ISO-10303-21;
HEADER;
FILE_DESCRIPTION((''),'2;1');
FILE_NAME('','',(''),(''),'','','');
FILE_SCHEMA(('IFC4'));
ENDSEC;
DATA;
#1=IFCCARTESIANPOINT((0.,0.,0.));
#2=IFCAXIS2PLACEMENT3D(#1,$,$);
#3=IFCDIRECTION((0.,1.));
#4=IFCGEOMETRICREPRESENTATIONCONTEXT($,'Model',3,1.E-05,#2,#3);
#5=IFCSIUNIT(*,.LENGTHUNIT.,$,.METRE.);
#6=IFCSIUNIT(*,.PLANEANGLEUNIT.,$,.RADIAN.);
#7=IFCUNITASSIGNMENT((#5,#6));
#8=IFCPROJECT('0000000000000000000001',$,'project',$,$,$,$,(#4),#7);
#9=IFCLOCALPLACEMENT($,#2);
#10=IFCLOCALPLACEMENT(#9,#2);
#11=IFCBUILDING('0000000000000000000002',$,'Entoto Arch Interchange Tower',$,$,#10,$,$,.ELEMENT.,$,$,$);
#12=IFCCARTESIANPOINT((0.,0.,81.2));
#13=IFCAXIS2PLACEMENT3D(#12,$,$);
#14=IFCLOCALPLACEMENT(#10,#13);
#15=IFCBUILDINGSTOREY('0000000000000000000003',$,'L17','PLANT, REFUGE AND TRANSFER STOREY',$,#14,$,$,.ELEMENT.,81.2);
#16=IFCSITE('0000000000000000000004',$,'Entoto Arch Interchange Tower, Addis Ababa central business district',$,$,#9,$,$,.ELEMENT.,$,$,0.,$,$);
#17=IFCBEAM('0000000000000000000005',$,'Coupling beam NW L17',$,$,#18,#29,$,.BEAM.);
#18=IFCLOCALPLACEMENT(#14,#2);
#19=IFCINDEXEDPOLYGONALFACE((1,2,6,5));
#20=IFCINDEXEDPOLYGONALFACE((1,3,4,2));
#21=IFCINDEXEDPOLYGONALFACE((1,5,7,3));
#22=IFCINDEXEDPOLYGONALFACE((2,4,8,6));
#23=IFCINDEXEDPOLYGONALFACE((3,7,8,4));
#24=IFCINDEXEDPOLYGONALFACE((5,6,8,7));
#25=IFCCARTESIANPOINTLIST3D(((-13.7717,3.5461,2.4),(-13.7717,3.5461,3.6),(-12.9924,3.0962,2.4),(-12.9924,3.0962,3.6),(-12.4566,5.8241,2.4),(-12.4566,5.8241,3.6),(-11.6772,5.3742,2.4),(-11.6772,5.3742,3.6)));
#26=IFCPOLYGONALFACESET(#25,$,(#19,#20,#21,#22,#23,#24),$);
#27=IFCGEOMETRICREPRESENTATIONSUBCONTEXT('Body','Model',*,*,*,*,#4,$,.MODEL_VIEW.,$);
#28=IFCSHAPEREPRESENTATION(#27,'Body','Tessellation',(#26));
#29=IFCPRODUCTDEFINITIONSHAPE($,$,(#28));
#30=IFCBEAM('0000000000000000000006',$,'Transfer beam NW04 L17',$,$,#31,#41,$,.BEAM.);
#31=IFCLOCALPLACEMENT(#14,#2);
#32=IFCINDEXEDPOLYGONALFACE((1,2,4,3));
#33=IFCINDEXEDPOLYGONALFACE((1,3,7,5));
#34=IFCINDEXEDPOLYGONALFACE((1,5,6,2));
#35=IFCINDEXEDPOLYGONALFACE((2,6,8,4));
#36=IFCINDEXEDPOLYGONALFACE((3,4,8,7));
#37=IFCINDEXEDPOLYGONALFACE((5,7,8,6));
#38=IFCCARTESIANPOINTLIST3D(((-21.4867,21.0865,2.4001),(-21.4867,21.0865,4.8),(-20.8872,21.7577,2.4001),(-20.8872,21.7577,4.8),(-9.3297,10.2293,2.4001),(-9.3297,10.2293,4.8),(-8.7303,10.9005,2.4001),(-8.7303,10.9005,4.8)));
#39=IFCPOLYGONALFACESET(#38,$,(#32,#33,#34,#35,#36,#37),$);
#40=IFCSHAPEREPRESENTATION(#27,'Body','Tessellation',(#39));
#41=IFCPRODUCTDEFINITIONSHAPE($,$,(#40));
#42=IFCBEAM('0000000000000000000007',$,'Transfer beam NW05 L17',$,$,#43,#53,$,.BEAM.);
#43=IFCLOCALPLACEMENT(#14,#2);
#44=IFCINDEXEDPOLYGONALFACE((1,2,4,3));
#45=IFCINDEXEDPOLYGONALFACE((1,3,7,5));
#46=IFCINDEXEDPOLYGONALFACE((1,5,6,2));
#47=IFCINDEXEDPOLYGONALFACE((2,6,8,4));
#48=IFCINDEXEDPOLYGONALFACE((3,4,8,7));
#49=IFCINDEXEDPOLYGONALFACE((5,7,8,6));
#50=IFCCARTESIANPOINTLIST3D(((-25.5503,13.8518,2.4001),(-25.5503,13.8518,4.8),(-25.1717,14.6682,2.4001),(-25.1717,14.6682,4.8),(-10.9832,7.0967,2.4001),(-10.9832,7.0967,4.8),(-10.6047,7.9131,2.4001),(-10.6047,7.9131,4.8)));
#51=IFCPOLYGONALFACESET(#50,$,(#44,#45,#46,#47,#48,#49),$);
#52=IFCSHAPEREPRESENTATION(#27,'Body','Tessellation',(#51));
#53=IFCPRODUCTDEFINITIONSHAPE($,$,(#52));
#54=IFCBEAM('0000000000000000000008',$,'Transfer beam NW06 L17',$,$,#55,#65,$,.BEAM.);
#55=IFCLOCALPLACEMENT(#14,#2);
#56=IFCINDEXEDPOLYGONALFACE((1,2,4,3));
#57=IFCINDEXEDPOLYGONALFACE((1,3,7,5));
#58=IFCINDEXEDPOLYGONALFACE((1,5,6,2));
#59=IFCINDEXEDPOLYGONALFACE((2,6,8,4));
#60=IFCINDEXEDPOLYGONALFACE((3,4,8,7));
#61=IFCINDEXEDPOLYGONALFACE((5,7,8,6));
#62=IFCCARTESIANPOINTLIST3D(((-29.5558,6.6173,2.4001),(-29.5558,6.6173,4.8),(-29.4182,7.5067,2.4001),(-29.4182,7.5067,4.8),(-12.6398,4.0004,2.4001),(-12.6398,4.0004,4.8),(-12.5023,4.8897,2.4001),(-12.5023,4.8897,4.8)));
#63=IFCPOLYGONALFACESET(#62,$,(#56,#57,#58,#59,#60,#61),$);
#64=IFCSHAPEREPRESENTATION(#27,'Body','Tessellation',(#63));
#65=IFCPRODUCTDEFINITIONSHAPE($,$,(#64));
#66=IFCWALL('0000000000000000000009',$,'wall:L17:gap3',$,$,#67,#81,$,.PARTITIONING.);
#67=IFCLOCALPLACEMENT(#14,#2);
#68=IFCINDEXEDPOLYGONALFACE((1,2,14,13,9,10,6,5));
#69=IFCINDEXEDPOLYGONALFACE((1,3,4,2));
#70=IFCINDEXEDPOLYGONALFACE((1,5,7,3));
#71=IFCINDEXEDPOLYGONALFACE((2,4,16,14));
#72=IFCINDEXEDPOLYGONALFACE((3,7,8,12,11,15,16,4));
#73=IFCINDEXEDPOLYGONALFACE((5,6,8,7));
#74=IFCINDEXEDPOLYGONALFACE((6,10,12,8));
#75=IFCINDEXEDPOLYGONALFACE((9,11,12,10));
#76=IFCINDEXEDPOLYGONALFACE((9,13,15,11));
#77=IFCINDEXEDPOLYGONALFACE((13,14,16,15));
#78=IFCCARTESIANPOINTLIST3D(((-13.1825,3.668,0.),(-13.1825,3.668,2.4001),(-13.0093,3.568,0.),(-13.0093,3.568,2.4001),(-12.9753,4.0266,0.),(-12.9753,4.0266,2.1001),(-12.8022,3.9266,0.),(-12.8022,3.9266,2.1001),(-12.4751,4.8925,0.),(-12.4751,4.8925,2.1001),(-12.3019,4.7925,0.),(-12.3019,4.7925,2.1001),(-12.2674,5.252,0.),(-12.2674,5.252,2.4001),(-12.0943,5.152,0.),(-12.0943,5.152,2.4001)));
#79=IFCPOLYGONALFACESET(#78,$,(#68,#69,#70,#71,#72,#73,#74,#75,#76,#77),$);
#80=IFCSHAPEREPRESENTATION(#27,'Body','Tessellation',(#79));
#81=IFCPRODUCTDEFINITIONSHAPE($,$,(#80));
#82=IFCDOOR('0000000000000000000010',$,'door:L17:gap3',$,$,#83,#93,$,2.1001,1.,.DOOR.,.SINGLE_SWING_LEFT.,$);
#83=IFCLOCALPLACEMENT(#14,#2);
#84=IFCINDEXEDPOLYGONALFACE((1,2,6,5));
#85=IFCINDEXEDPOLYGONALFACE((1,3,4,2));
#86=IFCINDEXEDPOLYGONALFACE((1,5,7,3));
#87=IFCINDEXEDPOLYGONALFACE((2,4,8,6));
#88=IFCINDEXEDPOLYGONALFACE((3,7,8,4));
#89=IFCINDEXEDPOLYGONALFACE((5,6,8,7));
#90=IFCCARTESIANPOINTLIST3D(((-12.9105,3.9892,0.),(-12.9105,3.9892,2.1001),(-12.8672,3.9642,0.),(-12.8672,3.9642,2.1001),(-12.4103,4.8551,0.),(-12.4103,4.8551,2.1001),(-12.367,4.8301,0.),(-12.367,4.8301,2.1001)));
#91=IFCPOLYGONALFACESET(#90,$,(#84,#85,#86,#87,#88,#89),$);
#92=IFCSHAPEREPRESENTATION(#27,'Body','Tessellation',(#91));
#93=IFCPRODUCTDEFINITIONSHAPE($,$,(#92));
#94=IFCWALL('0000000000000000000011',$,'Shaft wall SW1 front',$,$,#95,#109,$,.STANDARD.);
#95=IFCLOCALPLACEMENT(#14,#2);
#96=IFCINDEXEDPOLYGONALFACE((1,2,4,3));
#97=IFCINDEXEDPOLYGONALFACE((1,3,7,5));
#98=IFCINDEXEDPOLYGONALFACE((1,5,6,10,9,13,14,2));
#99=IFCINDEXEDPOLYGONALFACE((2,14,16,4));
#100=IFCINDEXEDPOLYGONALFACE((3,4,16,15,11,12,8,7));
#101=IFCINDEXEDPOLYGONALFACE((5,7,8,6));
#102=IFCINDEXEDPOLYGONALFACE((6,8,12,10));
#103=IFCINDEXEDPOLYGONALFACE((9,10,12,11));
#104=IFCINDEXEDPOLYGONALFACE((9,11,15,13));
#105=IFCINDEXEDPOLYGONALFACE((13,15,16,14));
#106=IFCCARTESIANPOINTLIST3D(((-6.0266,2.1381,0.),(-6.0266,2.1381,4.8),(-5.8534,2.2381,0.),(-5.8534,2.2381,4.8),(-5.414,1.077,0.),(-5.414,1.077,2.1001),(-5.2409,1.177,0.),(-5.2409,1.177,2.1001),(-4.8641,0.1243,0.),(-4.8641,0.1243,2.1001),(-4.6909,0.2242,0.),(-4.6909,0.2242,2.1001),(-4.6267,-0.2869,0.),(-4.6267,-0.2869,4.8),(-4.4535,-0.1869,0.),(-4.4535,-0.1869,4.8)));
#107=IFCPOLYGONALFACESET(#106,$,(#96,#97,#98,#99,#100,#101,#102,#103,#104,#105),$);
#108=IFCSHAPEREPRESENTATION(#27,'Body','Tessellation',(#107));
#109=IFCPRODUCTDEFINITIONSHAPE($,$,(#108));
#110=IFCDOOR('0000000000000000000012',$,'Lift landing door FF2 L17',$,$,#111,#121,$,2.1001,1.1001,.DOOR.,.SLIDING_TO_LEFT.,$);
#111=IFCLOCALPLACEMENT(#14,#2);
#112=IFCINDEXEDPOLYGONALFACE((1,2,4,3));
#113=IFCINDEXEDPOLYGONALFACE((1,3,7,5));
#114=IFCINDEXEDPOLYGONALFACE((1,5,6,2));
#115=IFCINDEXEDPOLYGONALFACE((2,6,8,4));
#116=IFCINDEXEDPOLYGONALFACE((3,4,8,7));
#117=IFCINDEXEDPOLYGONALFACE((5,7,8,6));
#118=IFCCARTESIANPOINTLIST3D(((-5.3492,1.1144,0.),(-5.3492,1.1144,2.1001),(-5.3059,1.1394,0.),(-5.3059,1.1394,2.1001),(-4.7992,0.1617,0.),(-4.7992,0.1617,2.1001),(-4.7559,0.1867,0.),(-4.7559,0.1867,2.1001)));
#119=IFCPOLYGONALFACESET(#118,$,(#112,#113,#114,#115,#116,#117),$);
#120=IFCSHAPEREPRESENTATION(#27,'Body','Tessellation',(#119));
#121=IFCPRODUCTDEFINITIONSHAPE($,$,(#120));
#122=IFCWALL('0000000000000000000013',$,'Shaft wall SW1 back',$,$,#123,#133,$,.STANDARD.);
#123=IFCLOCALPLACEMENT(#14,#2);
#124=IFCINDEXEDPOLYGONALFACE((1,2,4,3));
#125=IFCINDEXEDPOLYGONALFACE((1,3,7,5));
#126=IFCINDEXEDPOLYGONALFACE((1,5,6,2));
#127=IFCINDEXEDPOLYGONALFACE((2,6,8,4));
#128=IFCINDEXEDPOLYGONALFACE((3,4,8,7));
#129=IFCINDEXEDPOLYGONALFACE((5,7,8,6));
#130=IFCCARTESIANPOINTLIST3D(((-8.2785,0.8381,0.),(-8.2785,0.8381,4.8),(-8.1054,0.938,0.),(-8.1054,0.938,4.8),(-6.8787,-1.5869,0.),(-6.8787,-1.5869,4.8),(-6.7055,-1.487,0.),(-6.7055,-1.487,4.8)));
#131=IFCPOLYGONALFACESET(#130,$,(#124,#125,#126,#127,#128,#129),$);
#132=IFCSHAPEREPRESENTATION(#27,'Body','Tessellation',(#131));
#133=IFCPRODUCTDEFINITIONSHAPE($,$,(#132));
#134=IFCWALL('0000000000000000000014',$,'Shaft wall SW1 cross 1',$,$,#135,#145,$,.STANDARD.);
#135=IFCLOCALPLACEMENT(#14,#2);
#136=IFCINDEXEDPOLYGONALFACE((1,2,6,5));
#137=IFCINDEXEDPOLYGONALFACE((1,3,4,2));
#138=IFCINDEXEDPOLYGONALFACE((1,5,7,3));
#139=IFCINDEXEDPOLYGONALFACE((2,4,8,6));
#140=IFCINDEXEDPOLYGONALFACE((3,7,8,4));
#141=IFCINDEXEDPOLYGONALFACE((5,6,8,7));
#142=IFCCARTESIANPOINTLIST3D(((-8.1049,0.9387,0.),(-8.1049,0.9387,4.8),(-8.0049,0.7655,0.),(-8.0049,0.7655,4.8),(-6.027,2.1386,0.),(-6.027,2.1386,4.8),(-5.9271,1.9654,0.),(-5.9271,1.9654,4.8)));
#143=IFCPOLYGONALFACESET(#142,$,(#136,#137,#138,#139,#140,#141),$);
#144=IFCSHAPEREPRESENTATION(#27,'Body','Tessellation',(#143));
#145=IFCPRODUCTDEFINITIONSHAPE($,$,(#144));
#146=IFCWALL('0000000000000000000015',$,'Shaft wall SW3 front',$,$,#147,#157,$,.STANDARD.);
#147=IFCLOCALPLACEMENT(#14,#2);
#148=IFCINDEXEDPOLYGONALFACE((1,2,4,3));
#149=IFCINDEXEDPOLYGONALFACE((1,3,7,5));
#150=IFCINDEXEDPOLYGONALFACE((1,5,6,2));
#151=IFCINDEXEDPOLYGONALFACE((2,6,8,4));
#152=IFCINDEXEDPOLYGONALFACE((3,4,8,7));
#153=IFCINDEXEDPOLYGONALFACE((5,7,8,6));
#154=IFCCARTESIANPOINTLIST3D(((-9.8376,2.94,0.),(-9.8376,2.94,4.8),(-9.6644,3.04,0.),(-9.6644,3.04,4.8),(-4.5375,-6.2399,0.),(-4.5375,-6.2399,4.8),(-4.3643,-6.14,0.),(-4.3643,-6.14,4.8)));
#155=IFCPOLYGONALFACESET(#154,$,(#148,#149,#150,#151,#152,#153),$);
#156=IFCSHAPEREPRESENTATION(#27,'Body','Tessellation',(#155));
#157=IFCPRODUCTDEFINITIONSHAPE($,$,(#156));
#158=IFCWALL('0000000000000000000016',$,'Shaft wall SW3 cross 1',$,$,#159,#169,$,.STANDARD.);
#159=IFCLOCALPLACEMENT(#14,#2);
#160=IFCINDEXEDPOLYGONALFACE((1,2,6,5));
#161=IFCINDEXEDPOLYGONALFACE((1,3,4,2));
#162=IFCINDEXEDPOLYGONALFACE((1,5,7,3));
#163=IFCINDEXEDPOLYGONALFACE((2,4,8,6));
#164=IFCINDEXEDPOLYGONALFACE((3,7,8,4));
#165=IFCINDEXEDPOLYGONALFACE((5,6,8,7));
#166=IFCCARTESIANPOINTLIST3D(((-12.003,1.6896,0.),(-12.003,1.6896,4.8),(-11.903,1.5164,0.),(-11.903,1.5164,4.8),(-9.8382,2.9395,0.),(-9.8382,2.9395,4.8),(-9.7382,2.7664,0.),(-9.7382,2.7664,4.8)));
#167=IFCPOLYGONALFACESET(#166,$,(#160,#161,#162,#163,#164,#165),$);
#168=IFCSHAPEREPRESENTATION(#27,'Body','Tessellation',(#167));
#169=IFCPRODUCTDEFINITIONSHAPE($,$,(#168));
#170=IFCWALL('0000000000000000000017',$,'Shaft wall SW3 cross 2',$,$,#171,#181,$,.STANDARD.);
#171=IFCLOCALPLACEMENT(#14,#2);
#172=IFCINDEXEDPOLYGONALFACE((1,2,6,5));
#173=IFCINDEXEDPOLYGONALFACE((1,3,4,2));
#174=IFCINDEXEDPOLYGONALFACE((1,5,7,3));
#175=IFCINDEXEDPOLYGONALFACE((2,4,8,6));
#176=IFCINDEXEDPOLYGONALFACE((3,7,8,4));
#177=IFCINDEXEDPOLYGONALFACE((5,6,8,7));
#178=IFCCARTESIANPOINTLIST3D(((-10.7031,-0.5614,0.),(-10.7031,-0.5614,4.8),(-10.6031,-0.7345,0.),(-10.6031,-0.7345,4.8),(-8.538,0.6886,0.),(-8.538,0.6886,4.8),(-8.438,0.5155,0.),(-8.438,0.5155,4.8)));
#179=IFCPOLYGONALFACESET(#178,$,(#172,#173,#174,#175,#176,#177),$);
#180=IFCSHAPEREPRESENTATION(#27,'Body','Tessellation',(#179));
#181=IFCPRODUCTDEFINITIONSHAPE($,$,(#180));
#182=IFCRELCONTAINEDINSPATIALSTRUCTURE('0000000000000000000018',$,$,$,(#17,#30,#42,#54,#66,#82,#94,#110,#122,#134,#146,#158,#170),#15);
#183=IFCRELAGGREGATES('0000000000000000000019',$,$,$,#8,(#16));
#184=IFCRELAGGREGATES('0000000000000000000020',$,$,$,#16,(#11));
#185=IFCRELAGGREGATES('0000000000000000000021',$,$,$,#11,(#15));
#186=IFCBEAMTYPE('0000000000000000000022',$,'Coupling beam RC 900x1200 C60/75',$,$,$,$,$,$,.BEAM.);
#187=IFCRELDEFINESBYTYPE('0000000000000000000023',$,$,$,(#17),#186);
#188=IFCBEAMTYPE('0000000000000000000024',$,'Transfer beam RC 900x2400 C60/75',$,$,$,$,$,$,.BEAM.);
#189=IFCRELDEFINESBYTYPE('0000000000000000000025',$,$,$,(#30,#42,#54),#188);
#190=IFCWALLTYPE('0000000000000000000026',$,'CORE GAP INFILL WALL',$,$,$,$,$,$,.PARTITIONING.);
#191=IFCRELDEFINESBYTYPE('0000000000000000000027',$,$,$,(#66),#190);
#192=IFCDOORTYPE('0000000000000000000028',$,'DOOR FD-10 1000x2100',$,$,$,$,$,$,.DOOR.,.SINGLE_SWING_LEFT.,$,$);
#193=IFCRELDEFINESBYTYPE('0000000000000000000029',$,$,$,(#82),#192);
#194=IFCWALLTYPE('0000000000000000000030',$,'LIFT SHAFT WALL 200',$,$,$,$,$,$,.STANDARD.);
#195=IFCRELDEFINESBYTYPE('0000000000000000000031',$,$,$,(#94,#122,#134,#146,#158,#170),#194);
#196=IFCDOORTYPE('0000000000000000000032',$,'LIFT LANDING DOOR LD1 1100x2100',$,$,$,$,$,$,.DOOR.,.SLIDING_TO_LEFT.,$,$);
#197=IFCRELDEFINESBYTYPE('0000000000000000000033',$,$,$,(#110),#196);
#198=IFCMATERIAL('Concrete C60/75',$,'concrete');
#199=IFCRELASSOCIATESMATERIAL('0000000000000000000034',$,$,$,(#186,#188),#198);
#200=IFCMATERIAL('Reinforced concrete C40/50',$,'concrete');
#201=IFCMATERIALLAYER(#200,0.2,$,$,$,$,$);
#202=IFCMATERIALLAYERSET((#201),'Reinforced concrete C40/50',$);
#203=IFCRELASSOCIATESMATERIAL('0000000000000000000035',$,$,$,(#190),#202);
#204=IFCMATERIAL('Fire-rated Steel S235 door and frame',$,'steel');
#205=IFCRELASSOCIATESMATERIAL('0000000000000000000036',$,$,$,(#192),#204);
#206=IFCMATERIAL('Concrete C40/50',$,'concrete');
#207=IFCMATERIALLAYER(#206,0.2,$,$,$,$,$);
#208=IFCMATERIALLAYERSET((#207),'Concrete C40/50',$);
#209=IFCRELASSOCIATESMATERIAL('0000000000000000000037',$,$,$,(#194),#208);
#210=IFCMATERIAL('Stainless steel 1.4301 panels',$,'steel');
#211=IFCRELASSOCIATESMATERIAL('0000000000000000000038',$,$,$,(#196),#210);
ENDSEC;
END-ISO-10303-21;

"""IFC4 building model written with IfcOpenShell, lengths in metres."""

from ifc_helpers import new_model, si_unit, direction, frame, frame_2d, origin, origin_2d, place, context, subcontext, project, spatial, rectangle, extrude, material, layer, layer_set, material_profile, profile_set, type_object, element, fill, save


model = new_model("IFC4")

# Units and contexts
model_context = context("Model", 3, precision=1e-05, world=origin(), true_north=direction((0.0, 1.0)))
body_context = subcontext(model_context, "Body", "Model", "MODEL_VIEW")
ifc_project = project(units=[si_unit("LENGTHUNIT", "METRE"), si_unit("PLANEANGLEUNIT", "RADIAN")], contexts=[model_context])

# Site, building, storey
site_placement = place(None, origin())
site = spatial("IfcSite", under=ifc_project, at=site_placement, Name="Entoto Arch Interchange Tower, Addis Ababa central business district", CompositionType="ELEMENT", RefElevation=0.0)
building_placement = place(site_placement, origin())
building = spatial("IfcBuilding", under=site, at=building_placement, Name="Entoto Arch Interchange Tower", CompositionType="ELEMENT")
storey_placement = place(building_placement, frame((0.0, 0.0, 81.2)))
storey = spatial("IfcBuildingStorey", under=building, at=storey_placement, Name="L17", Description="PLANT, REFUGE AND TRANSFER STOREY", CompositionType="ELEMENT", Elevation=81.2)

# Beams
ifc_material_1 = material(Name="Concrete C60/75", Category="concrete")
ifc_material_profile_1 = material_profile(ifc_material_1, rectangle(XDim=0.8999, YDim=1.2, at=origin_2d()))
ifc_profile_set_1 = profile_set([ifc_material_profile_1], Name="Concrete C60/75")
beam_type_1 = type_object("IfcBeamType", Name="Coupling beam RC 900x1200 C60/75", PredefinedType="BEAM", material=ifc_profile_set_1)
beam_1_placement = place(storey_placement, frame((-12.0669, 5.5991, 3.0), z_axis=(-0.499982, -0.866036, 0.0), x_axis=(0.866036, -0.499982, 0.0)))
element("IfcBeam", 1, at=beam_1_placement, inside=storey, type_object=beam_type_1, Name="Coupling beam NW L17", PredefinedType="BEAM", context=body_context, shape_type="SweptSolid", body=[
    extrude(rectangle(XDim=0.8999, YDim=1.2, at=origin_2d()), origin(), (0.0, 0.0, 1.0), 2.6304),
])
ifc_material_profile_2 = material_profile(ifc_material_1, rectangle(XDim=0.8999, YDim=2.3999, at=origin_2d()))
ifc_profile_set_2 = profile_set([ifc_material_profile_2], Name="Concrete C60/75")
beam_type_2 = type_object("IfcBeamType", Name="Transfer beam RC 900x2400 C60/75", PredefinedType="BEAM", material=ifc_profile_set_2)
beam_2_placement = place(storey_placement, frame((-9.03, 10.5649, 3.6001), z_axis=(-0.745854, 0.666109, 0.0), x_axis=(-0.666109, -0.745854, 0.0)))
element("IfcBeam", 2, at=beam_2_placement, inside=storey, type_object=beam_type_2, Name="Transfer beam NW04 L17", PredefinedType="BEAM", context=body_context, shape_type="SweptSolid", body=[
    extrude(rectangle(XDim=0.8999, YDim=2.3999, at=origin_2d()), origin(), (0.0, 0.0, 1.0), 16.2993),
])
beam_3_placement = place(storey_placement, frame((-10.7939, 7.5049, 3.6001), z_axis=(-0.907204, 0.420692, 0.0), x_axis=(-0.420692, -0.907204, 0.0)))
element("IfcBeam", 3, at=beam_3_placement, inside=storey, type_object=beam_type_2, Name="Transfer beam NW05 L17", PredefinedType="BEAM", context=body_context, shape_type="SweptSolid", body=[
    extrude(rectangle(XDim=0.8999, YDim=2.3999, at=origin_2d()), origin(), (0.0, 0.0, 1.0), 16.0571),
])
beam_4_placement = place(storey_placement, frame((-12.571, 4.4451, 3.6001), z_axis=(-0.988244, 0.152883, 0.0), x_axis=(-0.152883, -0.988244, 0.0)))
element("IfcBeam", 4, at=beam_4_placement, inside=storey, type_object=beam_type_2, Name="Transfer beam NW06 L17", PredefinedType="BEAM", context=body_context, shape_type="SweptSolid", body=[
    extrude(rectangle(XDim=0.8999, YDim=2.3999, at=origin_2d()), origin(), (0.0, 0.0, 1.0), 17.1172),
])

# Walls, openings, doors
ifc_material_2 = material(Name="Reinforced concrete C40/50", Category="concrete")
ifc_layer_1 = layer(ifc_material_2, 0.2)
ifc_layer_set_1 = layer_set([ifc_layer_1], Name="Reinforced concrete C40/50")
wall_type_1 = type_object("IfcWallType", Name="CORE GAP INFILL WALL", PredefinedType="PARTITIONING", material=ifc_layer_set_1)
wall_1_placement = place(storey_placement, frame((-12.1809, 5.2019, 0.0), z_axis=(0.0, 0.0, 1.0), x_axis=(-0.500215, -0.865901, 0.0)))
wall_1 = element("IfcWall", 5, at=wall_1_placement, inside=storey, type_object=wall_type_1, Name="wall:L17:gap3", PredefinedType="PARTITIONING", context=body_context, shape_type="SweptSolid", body=[
    extrude(rectangle(XDim=1.8293, YDim=0.2, at=frame_2d((0.9146, 0.0))), origin(), (0.0, 0.0, 1.0), 2.4001),
])
opening_1_placement = place(wall_1_placement, frame((0.415, 0.0, 0.0)))
opening_1 = element("IfcOpeningElement", 6, at=opening_1_placement, cuts=wall_1, PredefinedType="OPENING", context=body_context, shape_type="SweptSolid", body=[
    extrude(rectangle(XDim=1.0, YDim=2.1001, at=frame_2d((0.5, 1.05))), frame((0.0, 0.1099, 0.0), z_axis=(0.0, -1.0, 0.0), x_axis=(1.0, 0.0, 0.0)), (0.0, 0.0, 1.0), 0.22),
])
ifc_material_3 = material(Name="Fire-rated Steel S235 door and frame", Category="steel")
door_type_1 = type_object("IfcDoorType", Name="DOOR FD-10 1000x2100", OperationType="SINGLE_SWING_LEFT", PredefinedType="DOOR", material=ifc_material_3)
door_1_placement = place(opening_1_placement, origin())
door_1 = element("IfcDoor", 7, at=door_1_placement, inside=storey, type_object=door_type_1, Name="door:L17:gap3", OperationType="SINGLE_SWING_LEFT", OverallHeight=2.1001, OverallWidth=1.0, PredefinedType="DOOR", context=body_context, shape_type="SweptSolid", body=[
    extrude(rectangle(XDim=1.0, YDim=2.1001, at=frame_2d((0.5, 1.05))), frame((0.0, 0.0249, 0.0), z_axis=(0.0, -1.0, 0.0), x_axis=(1.0, 0.0, 0.0)), (0.0, 0.0, 1.0), 0.05),
])
fill(opening_1, door_1)
ifc_material_4 = material(Name="Concrete C40/50", Category="concrete")
ifc_layer_2 = layer(ifc_material_4, 0.2)
ifc_layer_set_2 = layer_set([ifc_layer_2], Name="Concrete C40/50")
wall_type_2 = type_object("IfcWallType", Name="LIFT SHAFT WALL 200", PredefinedType="STANDARD", material=ifc_layer_set_2)
wall_2_placement = place(storey_placement, frame((-5.9399, 2.188, 0.0), z_axis=(0.0, 0.0, 1.0), x_axis=(0.499946, -0.866056, 0.0)))
wall_2 = element("IfcWall", 8, at=wall_2_placement, inside=storey, type_object=wall_type_2, Name="Shaft wall SW1 front", PredefinedType="STANDARD", context=body_context, shape_type="SweptSolid", body=[
    extrude(rectangle(XDim=2.8, YDim=0.2, at=frame_2d((1.3999, 0.0))), origin(), (0.0, 0.0, 1.0), 4.8),
])
opening_2_placement = place(wall_2_placement, frame((1.2251, 0.0, 0.0)))
opening_2 = element("IfcOpeningElement", 9, at=opening_2_placement, cuts=wall_2, PredefinedType="OPENING", context=body_context, shape_type="SweptSolid", body=[
    extrude(rectangle(XDim=1.1001, YDim=2.1001, at=frame_2d((0.55, 1.05))), frame((0.0, 0.1099, 0.0), z_axis=(0.0, -1.0, 0.0), x_axis=(1.0, 0.0, 0.0)), (0.0, 0.0, 1.0), 0.22),
])
ifc_material_5 = material(Name="Stainless steel 1.4301 panels", Category="steel")
door_type_2 = type_object("IfcDoorType", Name="LIFT LANDING DOOR LD1 1100x2100", OperationType="SLIDING_TO_LEFT", PredefinedType="DOOR", material=ifc_material_5)
door_2_placement = place(opening_2_placement, origin())
door_2 = element("IfcDoor", 10, at=door_2_placement, inside=storey, type_object=door_type_2, Name="Lift landing door FF2 L17", OperationType="SLIDING_TO_LEFT", OverallHeight=2.1001, OverallWidth=1.1001, PredefinedType="DOOR", context=body_context, shape_type="SweptSolid", body=[
    extrude(rectangle(XDim=1.1001, YDim=2.1001, at=frame_2d((0.55, 1.05))), frame((0.0, 0.0249, 0.0), z_axis=(0.0, -1.0, 0.0), x_axis=(1.0, 0.0, 0.0)), (0.0, 0.0, 1.0), 0.05),
])
fill(opening_2, door_2)

# Walls
wall_3_placement = place(storey_placement, frame((-8.1919, 0.8879, 0.0), z_axis=(0.0, 0.0, 1.0), x_axis=(0.499946, -0.866056, 0.0)))
element("IfcWall", 11, at=wall_3_placement, inside=storey, type_object=wall_type_2, Name="Shaft wall SW1 back", PredefinedType="STANDARD", context=body_context, shape_type="SweptSolid", body=[
    extrude(rectangle(XDim=2.8, YDim=0.2, at=frame_2d((1.3999, 0.0))), origin(), (0.0, 0.0, 1.0), 4.8),
])
wall_4_placement = place(storey_placement, frame((-5.9771, 2.052, 0.0), z_axis=(0.0, 0.0, 1.0), x_axis=(-0.865974, -0.500089, 0.0)))
element("IfcWall", 12, at=wall_4_placement, inside=storey, type_object=wall_type_2, Name="Shaft wall SW1 cross 1", PredefinedType="STANDARD", context=body_context, shape_type="SweptSolid", body=[
    extrude(rectangle(XDim=2.3994, YDim=0.2, at=frame_2d((1.1997, 0.0))), origin(), (0.0, 0.0, 1.0), 4.8),
])
wall_5_placement = place(storey_placement, frame((-9.751, 2.99, 0.0), z_axis=(0.0, 0.0, 1.0), x_axis=(0.500001, -0.866025, 0.0)))
element("IfcWall", 13, at=wall_5_placement, inside=storey, type_object=wall_type_2, Name="Shaft wall SW3 front", PredefinedType="STANDARD", context=body_context, shape_type="SweptSolid", body=[
    extrude(rectangle(XDim=10.6001, YDim=0.2, at=frame_2d((5.3, 0.0))), origin(), (0.0, 0.0, 1.0), 4.8),
])
wall_6_placement = place(storey_placement, frame((-9.7881, 2.853, 0.0), z_axis=(0.0, 0.0, 1.0), x_axis=(-0.865999, -0.500047, 0.0)))
element("IfcWall", 14, at=wall_6_placement, inside=storey, type_object=wall_type_2, Name="Shaft wall SW3 cross 1", PredefinedType="STANDARD", context=body_context, shape_type="SweptSolid", body=[
    extrude(rectangle(XDim=2.4998, YDim=0.2, at=frame_2d((1.25, 0.0))), origin(), (0.0, 0.0, 1.0), 4.8),
])
wall_7_placement = place(storey_placement, frame((-8.488, 0.6021, 0.0), z_axis=(0.0, 0.0, 1.0), x_axis=(-0.866023, -0.500004, 0.0)))
element("IfcWall", 15, at=wall_7_placement, inside=storey, type_object=wall_type_2, Name="Shaft wall SW3 cross 2", PredefinedType="STANDARD", context=body_context, shape_type="SweptSolid", body=[
    extrude(rectangle(XDim=2.5, YDim=0.2, at=frame_2d((1.25, 0.0))), origin(), (0.0, 0.0, 1.0), 4.8),
])

save(model, "model.ifc")
